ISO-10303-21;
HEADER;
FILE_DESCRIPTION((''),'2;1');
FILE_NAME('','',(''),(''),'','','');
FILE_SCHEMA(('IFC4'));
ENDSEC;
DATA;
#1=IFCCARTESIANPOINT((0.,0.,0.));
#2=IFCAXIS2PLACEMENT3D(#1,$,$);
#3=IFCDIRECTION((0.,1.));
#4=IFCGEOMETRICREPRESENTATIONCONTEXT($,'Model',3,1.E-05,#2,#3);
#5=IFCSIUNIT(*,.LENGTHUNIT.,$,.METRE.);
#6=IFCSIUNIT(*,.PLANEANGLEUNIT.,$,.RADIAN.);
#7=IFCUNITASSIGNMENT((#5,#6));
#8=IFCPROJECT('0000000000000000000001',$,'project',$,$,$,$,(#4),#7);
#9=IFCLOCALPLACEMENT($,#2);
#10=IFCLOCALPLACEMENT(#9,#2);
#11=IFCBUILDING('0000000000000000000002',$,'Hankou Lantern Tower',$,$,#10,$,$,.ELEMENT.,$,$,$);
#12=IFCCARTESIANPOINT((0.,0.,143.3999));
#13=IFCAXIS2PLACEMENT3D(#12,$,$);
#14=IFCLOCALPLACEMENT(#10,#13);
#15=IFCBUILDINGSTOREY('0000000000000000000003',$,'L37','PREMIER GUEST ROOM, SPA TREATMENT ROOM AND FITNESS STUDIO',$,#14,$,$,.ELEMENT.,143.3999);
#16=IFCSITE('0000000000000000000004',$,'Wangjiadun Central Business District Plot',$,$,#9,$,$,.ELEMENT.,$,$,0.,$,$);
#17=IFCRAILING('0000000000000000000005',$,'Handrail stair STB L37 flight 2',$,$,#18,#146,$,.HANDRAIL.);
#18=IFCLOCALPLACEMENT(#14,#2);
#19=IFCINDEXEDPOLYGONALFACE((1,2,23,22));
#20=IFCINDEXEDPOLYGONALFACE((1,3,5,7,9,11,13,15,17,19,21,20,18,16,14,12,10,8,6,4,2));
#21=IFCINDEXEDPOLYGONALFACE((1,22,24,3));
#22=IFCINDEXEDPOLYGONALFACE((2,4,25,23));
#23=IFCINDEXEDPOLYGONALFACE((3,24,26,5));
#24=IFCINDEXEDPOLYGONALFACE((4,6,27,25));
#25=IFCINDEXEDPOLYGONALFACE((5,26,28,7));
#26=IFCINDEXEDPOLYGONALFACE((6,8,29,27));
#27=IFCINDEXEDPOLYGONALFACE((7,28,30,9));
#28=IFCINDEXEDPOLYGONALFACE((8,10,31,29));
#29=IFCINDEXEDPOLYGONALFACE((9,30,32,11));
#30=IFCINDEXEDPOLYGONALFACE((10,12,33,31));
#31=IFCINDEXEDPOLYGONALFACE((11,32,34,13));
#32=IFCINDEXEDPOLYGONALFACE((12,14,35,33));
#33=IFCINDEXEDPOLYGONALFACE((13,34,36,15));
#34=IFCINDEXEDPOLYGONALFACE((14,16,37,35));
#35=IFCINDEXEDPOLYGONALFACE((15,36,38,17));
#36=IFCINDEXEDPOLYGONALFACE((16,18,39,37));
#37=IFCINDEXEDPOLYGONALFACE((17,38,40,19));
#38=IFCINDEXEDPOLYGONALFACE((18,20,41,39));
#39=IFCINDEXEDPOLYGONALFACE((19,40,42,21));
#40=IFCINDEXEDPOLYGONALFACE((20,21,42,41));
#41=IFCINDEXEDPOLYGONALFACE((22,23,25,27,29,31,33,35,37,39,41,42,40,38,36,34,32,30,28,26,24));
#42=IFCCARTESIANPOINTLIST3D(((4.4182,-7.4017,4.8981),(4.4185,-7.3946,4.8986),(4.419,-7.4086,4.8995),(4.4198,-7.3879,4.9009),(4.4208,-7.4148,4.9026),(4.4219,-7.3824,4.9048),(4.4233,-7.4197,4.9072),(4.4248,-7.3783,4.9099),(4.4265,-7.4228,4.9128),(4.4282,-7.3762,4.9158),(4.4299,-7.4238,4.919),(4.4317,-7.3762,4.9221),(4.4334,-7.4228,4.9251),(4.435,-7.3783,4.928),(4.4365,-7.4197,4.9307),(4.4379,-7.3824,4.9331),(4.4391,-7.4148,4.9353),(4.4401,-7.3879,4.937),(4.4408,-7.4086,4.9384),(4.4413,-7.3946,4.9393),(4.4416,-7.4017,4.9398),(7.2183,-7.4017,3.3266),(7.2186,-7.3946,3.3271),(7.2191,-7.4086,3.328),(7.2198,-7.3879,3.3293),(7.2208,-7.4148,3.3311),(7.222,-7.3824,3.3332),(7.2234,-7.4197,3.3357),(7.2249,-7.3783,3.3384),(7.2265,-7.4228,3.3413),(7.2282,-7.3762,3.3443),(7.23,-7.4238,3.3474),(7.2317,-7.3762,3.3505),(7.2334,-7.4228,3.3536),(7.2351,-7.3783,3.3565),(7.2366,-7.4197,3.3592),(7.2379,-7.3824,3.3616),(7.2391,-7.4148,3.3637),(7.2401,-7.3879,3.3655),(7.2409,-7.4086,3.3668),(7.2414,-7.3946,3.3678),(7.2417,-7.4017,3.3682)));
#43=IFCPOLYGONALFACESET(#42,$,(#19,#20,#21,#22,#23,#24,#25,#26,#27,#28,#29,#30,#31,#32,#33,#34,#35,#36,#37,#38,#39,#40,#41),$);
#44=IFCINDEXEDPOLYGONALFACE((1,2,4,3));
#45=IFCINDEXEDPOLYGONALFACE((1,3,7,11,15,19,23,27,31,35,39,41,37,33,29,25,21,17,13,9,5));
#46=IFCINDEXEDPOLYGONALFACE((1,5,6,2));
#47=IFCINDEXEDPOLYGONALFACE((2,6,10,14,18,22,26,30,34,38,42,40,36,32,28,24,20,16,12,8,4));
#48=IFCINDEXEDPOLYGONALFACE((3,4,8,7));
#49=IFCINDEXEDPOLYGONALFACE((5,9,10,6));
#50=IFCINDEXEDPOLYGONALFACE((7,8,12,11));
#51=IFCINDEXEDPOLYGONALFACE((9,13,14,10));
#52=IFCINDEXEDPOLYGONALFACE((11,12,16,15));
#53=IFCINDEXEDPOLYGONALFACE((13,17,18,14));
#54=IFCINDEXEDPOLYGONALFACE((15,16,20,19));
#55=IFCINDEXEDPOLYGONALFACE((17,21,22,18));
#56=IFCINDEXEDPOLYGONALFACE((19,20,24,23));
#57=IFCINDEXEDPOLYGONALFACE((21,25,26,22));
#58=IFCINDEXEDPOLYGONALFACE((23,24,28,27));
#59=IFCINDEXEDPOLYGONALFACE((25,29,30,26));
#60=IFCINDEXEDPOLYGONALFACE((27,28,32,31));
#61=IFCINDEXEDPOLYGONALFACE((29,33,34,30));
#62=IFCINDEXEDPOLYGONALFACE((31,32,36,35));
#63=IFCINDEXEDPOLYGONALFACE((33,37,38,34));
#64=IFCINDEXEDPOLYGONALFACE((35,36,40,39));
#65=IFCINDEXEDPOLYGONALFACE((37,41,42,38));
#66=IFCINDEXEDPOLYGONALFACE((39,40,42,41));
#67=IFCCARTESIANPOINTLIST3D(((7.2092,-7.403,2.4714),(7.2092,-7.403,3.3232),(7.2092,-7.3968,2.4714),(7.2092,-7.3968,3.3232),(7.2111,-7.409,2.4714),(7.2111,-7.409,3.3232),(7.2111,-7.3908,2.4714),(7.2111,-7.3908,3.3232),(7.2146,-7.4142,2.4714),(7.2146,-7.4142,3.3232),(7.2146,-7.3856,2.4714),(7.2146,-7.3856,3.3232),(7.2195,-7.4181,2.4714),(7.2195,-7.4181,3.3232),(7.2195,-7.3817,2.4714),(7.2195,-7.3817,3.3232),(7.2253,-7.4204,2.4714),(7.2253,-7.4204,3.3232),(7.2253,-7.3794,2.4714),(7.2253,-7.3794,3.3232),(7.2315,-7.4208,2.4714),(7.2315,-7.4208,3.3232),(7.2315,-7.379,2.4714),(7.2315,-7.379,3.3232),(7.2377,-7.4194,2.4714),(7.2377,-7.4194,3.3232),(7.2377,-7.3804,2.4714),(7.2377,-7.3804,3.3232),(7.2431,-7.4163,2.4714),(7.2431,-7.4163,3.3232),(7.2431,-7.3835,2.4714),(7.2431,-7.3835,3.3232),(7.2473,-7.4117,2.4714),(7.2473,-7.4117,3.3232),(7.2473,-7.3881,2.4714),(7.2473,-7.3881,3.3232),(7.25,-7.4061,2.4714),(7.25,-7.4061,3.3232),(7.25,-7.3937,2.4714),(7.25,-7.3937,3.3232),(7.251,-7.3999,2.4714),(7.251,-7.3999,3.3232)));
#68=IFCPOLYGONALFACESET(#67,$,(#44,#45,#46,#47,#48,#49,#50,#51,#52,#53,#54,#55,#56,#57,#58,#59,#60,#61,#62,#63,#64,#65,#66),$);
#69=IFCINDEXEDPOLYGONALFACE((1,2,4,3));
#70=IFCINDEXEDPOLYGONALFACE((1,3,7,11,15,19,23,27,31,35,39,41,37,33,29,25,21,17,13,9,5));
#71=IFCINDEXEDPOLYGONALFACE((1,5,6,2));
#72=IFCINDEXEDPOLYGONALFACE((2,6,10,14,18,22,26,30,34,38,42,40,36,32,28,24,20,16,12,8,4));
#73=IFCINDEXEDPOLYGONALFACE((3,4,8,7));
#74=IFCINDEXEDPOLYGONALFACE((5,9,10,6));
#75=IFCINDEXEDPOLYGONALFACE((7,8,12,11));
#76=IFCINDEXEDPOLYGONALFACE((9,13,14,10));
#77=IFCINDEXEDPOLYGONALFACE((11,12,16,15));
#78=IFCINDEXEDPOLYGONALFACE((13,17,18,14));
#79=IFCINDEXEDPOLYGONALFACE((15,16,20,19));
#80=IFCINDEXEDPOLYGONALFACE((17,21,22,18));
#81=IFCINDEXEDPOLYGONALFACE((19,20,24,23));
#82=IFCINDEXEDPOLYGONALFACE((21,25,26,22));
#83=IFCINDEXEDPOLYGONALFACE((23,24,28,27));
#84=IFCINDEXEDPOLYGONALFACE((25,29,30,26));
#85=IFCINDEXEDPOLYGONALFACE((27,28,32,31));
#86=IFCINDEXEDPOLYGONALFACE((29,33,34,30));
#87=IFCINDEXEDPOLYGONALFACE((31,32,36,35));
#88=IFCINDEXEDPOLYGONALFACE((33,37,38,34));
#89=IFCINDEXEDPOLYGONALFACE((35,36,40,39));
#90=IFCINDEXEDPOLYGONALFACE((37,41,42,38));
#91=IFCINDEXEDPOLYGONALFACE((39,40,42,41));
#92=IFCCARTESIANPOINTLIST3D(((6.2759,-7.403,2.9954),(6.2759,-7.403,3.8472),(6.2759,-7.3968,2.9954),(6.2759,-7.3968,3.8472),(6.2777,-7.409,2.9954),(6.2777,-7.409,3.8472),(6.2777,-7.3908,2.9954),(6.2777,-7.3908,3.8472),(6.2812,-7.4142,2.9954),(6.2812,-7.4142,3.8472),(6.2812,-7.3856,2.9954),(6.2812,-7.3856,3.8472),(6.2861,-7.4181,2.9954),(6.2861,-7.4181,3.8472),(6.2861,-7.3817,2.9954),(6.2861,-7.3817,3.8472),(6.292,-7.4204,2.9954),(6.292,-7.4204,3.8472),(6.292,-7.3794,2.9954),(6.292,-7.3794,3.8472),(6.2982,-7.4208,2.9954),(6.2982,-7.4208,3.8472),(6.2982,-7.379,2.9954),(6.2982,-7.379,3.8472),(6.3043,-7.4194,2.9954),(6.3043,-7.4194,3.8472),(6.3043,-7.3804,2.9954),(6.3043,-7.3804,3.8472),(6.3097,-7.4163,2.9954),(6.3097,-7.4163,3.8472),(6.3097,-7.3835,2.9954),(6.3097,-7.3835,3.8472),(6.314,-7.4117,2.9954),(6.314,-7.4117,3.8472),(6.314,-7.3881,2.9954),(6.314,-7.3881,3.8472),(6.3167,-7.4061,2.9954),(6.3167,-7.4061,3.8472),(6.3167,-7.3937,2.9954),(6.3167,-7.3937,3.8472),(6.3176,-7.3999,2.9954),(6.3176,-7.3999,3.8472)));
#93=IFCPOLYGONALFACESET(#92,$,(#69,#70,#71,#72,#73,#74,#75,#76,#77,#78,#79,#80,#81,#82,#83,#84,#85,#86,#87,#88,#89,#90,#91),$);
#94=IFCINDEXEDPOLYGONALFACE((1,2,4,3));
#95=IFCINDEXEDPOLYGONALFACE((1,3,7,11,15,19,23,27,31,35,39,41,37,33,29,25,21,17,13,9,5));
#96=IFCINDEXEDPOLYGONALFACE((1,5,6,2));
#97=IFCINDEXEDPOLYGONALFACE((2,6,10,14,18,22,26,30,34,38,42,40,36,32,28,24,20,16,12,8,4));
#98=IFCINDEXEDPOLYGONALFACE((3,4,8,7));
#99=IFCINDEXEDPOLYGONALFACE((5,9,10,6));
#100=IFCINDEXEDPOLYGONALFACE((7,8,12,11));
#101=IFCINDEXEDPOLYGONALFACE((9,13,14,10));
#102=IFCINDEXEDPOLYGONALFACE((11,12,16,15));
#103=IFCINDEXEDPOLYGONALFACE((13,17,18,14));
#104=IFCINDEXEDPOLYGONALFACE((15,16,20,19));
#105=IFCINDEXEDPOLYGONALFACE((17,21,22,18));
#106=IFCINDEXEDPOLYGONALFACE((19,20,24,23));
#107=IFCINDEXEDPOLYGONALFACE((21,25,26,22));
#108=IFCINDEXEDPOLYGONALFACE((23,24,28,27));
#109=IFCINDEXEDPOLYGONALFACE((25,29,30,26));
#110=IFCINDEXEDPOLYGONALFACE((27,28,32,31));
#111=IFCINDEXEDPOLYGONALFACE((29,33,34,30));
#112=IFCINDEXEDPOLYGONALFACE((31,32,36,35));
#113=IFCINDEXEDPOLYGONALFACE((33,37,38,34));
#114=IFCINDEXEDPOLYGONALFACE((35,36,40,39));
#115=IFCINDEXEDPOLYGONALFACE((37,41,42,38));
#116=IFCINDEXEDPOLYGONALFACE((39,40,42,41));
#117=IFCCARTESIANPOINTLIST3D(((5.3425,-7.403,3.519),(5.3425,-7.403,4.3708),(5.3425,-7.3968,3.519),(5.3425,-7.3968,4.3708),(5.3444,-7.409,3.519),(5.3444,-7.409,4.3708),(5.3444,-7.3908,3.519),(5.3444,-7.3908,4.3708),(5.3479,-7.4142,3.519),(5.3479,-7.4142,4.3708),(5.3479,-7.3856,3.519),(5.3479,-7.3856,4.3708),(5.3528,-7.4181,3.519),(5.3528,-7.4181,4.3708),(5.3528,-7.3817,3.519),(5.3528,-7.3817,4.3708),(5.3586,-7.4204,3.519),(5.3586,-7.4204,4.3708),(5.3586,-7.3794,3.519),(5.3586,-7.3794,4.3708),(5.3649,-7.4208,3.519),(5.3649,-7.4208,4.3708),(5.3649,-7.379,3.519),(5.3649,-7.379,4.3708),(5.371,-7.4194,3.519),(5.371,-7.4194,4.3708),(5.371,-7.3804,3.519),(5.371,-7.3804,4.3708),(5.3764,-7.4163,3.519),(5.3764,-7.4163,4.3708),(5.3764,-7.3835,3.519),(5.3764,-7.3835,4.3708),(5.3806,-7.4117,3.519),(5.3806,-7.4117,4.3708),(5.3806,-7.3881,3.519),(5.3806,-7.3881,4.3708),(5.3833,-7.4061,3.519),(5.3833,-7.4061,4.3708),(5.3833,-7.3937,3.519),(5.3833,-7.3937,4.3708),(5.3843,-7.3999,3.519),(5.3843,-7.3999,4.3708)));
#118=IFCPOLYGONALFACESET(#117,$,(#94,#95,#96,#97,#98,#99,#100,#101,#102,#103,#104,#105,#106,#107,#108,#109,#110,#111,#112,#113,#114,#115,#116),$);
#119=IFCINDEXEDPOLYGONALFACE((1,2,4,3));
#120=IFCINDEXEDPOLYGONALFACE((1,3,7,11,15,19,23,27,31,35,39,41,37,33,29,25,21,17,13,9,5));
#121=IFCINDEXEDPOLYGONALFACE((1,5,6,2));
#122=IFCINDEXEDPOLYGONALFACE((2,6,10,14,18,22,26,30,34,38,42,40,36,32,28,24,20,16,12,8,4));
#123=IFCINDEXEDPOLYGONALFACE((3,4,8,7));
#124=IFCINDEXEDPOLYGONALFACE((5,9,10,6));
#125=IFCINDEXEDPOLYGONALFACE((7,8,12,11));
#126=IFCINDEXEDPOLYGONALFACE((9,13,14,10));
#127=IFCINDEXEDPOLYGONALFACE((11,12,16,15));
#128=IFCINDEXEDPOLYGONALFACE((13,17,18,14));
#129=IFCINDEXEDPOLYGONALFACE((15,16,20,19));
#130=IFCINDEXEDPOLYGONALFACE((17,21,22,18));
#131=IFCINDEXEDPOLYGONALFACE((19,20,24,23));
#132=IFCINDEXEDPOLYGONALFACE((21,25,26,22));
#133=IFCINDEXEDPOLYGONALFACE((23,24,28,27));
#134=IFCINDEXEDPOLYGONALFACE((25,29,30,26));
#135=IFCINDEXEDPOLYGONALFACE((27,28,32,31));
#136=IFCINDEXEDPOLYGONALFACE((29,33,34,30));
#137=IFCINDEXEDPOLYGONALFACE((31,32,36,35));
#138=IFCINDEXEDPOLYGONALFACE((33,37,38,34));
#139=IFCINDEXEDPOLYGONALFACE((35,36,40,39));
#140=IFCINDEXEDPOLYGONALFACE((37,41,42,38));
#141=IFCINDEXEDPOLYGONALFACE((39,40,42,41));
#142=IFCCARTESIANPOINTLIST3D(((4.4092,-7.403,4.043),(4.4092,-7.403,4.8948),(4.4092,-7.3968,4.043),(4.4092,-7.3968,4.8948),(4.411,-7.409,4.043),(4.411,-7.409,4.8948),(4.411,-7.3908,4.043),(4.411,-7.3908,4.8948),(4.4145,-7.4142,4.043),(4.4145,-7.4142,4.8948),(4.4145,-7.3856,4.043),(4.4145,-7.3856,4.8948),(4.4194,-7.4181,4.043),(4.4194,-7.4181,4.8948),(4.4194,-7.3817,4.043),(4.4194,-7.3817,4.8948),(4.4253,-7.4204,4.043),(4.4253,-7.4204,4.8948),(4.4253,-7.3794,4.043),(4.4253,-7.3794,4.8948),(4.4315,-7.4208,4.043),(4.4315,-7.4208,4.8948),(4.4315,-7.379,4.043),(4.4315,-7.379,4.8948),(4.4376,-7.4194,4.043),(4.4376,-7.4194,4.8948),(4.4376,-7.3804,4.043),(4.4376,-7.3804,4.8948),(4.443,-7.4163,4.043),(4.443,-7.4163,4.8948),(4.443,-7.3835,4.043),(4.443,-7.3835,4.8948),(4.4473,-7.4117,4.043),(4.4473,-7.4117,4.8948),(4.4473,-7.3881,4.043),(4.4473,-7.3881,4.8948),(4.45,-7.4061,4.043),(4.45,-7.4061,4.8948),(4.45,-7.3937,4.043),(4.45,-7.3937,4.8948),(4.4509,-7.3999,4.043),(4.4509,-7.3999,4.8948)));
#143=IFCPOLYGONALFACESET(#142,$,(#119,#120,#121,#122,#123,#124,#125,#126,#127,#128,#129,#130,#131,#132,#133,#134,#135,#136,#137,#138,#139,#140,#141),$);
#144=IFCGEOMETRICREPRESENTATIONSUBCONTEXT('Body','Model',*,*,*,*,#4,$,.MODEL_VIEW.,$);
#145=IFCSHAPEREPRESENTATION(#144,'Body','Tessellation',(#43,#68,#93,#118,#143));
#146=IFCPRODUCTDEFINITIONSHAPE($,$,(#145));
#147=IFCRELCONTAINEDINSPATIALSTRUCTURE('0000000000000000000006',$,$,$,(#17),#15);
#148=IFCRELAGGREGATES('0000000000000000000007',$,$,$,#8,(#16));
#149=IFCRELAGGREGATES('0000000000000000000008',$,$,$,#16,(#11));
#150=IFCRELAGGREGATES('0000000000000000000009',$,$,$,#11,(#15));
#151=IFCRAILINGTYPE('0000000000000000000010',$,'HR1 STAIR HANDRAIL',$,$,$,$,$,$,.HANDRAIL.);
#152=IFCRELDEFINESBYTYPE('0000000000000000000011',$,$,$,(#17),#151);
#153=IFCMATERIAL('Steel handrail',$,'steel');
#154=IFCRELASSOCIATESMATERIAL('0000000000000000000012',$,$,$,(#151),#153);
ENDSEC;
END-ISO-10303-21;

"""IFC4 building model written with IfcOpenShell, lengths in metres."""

from ifc_helpers import new_model, si_unit, direction, frame, origin, origin_2d, place, context, subcontext, project, spatial, circle, extrude, material, type_object, element, save


model = new_model("IFC4")

# Units and contexts
model_context = context("Model", 3, precision=1e-05, world=origin(), true_north=direction((0.0, 1.0)))
body_context = subcontext(model_context, "Body", "Model", "MODEL_VIEW")
ifc_project = project(units=[si_unit("LENGTHUNIT", "METRE"), si_unit("PLANEANGLEUNIT", "RADIAN")], contexts=[model_context])

# Site, building, storey
site_placement = place(None, origin())
site = spatial("IfcSite", under=ifc_project, at=site_placement, Name="Wangjiadun Central Business District Plot", CompositionType="ELEMENT", RefElevation=0.0)
building_placement = place(site_placement, origin())
building = spatial("IfcBuilding", under=site, at=building_placement, Name="Hankou Lantern Tower", CompositionType="ELEMENT")
storey_placement = place(building_placement, frame((0.0, 0.0, 143.3999)))
storey = spatial("IfcBuildingStorey", under=building, at=storey_placement, Name="L37", Description="PREMIER GUEST ROOM, SPA TREATMENT ROOM AND FITNESS STUDIO", CompositionType="ELEMENT", Elevation=143.3999)

# Railing
ifc_material_1 = material(Name="Steel handrail", Category="steel")
railing_type = type_object("IfcRailingType", Name="HR1 STAIR HANDRAIL", PredefinedType="HANDRAIL", material=ifc_material_1)
railing_1_placement = place(storey_placement, frame((7.23, -7.3999, 2.4714)))
element("IfcRailing", 1, at=railing_1_placement, inside=storey, type_object=railing_type, Name="Handrail stair STB L37 flight 2", PredefinedType="HANDRAIL", context=body_context, shape_type="SweptSolid", body=[
    extrude(circle(Radius=0.0239, at=origin_2d()), frame((0.0, 0.0, 0.876), z_axis=(-0.87204, 0.0, 0.489434), x_axis=(0.0, -1.0, 0.0)), (0.0, 0.0, 1.0), 3.2109),
    extrude(circle(Radius=0.021, at=origin_2d()), origin(), (0.0, 0.0, 1.0), 0.8518),
    extrude(circle(Radius=0.021, at=origin_2d()), frame((-0.9333, 0.0, 0.5239)), (0.0, 0.0, 1.0), 0.8518),
    extrude(circle(Radius=0.021, at=origin_2d()), frame((-1.8667, 0.0, 1.0476)), (0.0, 0.0, 1.0), 0.8518),
    extrude(circle(Radius=0.021, at=origin_2d()), frame((-2.8, 0.0, 1.5715)), (0.0, 0.0, 1.0), 0.8518),
])

save(model, "model.ifc")
